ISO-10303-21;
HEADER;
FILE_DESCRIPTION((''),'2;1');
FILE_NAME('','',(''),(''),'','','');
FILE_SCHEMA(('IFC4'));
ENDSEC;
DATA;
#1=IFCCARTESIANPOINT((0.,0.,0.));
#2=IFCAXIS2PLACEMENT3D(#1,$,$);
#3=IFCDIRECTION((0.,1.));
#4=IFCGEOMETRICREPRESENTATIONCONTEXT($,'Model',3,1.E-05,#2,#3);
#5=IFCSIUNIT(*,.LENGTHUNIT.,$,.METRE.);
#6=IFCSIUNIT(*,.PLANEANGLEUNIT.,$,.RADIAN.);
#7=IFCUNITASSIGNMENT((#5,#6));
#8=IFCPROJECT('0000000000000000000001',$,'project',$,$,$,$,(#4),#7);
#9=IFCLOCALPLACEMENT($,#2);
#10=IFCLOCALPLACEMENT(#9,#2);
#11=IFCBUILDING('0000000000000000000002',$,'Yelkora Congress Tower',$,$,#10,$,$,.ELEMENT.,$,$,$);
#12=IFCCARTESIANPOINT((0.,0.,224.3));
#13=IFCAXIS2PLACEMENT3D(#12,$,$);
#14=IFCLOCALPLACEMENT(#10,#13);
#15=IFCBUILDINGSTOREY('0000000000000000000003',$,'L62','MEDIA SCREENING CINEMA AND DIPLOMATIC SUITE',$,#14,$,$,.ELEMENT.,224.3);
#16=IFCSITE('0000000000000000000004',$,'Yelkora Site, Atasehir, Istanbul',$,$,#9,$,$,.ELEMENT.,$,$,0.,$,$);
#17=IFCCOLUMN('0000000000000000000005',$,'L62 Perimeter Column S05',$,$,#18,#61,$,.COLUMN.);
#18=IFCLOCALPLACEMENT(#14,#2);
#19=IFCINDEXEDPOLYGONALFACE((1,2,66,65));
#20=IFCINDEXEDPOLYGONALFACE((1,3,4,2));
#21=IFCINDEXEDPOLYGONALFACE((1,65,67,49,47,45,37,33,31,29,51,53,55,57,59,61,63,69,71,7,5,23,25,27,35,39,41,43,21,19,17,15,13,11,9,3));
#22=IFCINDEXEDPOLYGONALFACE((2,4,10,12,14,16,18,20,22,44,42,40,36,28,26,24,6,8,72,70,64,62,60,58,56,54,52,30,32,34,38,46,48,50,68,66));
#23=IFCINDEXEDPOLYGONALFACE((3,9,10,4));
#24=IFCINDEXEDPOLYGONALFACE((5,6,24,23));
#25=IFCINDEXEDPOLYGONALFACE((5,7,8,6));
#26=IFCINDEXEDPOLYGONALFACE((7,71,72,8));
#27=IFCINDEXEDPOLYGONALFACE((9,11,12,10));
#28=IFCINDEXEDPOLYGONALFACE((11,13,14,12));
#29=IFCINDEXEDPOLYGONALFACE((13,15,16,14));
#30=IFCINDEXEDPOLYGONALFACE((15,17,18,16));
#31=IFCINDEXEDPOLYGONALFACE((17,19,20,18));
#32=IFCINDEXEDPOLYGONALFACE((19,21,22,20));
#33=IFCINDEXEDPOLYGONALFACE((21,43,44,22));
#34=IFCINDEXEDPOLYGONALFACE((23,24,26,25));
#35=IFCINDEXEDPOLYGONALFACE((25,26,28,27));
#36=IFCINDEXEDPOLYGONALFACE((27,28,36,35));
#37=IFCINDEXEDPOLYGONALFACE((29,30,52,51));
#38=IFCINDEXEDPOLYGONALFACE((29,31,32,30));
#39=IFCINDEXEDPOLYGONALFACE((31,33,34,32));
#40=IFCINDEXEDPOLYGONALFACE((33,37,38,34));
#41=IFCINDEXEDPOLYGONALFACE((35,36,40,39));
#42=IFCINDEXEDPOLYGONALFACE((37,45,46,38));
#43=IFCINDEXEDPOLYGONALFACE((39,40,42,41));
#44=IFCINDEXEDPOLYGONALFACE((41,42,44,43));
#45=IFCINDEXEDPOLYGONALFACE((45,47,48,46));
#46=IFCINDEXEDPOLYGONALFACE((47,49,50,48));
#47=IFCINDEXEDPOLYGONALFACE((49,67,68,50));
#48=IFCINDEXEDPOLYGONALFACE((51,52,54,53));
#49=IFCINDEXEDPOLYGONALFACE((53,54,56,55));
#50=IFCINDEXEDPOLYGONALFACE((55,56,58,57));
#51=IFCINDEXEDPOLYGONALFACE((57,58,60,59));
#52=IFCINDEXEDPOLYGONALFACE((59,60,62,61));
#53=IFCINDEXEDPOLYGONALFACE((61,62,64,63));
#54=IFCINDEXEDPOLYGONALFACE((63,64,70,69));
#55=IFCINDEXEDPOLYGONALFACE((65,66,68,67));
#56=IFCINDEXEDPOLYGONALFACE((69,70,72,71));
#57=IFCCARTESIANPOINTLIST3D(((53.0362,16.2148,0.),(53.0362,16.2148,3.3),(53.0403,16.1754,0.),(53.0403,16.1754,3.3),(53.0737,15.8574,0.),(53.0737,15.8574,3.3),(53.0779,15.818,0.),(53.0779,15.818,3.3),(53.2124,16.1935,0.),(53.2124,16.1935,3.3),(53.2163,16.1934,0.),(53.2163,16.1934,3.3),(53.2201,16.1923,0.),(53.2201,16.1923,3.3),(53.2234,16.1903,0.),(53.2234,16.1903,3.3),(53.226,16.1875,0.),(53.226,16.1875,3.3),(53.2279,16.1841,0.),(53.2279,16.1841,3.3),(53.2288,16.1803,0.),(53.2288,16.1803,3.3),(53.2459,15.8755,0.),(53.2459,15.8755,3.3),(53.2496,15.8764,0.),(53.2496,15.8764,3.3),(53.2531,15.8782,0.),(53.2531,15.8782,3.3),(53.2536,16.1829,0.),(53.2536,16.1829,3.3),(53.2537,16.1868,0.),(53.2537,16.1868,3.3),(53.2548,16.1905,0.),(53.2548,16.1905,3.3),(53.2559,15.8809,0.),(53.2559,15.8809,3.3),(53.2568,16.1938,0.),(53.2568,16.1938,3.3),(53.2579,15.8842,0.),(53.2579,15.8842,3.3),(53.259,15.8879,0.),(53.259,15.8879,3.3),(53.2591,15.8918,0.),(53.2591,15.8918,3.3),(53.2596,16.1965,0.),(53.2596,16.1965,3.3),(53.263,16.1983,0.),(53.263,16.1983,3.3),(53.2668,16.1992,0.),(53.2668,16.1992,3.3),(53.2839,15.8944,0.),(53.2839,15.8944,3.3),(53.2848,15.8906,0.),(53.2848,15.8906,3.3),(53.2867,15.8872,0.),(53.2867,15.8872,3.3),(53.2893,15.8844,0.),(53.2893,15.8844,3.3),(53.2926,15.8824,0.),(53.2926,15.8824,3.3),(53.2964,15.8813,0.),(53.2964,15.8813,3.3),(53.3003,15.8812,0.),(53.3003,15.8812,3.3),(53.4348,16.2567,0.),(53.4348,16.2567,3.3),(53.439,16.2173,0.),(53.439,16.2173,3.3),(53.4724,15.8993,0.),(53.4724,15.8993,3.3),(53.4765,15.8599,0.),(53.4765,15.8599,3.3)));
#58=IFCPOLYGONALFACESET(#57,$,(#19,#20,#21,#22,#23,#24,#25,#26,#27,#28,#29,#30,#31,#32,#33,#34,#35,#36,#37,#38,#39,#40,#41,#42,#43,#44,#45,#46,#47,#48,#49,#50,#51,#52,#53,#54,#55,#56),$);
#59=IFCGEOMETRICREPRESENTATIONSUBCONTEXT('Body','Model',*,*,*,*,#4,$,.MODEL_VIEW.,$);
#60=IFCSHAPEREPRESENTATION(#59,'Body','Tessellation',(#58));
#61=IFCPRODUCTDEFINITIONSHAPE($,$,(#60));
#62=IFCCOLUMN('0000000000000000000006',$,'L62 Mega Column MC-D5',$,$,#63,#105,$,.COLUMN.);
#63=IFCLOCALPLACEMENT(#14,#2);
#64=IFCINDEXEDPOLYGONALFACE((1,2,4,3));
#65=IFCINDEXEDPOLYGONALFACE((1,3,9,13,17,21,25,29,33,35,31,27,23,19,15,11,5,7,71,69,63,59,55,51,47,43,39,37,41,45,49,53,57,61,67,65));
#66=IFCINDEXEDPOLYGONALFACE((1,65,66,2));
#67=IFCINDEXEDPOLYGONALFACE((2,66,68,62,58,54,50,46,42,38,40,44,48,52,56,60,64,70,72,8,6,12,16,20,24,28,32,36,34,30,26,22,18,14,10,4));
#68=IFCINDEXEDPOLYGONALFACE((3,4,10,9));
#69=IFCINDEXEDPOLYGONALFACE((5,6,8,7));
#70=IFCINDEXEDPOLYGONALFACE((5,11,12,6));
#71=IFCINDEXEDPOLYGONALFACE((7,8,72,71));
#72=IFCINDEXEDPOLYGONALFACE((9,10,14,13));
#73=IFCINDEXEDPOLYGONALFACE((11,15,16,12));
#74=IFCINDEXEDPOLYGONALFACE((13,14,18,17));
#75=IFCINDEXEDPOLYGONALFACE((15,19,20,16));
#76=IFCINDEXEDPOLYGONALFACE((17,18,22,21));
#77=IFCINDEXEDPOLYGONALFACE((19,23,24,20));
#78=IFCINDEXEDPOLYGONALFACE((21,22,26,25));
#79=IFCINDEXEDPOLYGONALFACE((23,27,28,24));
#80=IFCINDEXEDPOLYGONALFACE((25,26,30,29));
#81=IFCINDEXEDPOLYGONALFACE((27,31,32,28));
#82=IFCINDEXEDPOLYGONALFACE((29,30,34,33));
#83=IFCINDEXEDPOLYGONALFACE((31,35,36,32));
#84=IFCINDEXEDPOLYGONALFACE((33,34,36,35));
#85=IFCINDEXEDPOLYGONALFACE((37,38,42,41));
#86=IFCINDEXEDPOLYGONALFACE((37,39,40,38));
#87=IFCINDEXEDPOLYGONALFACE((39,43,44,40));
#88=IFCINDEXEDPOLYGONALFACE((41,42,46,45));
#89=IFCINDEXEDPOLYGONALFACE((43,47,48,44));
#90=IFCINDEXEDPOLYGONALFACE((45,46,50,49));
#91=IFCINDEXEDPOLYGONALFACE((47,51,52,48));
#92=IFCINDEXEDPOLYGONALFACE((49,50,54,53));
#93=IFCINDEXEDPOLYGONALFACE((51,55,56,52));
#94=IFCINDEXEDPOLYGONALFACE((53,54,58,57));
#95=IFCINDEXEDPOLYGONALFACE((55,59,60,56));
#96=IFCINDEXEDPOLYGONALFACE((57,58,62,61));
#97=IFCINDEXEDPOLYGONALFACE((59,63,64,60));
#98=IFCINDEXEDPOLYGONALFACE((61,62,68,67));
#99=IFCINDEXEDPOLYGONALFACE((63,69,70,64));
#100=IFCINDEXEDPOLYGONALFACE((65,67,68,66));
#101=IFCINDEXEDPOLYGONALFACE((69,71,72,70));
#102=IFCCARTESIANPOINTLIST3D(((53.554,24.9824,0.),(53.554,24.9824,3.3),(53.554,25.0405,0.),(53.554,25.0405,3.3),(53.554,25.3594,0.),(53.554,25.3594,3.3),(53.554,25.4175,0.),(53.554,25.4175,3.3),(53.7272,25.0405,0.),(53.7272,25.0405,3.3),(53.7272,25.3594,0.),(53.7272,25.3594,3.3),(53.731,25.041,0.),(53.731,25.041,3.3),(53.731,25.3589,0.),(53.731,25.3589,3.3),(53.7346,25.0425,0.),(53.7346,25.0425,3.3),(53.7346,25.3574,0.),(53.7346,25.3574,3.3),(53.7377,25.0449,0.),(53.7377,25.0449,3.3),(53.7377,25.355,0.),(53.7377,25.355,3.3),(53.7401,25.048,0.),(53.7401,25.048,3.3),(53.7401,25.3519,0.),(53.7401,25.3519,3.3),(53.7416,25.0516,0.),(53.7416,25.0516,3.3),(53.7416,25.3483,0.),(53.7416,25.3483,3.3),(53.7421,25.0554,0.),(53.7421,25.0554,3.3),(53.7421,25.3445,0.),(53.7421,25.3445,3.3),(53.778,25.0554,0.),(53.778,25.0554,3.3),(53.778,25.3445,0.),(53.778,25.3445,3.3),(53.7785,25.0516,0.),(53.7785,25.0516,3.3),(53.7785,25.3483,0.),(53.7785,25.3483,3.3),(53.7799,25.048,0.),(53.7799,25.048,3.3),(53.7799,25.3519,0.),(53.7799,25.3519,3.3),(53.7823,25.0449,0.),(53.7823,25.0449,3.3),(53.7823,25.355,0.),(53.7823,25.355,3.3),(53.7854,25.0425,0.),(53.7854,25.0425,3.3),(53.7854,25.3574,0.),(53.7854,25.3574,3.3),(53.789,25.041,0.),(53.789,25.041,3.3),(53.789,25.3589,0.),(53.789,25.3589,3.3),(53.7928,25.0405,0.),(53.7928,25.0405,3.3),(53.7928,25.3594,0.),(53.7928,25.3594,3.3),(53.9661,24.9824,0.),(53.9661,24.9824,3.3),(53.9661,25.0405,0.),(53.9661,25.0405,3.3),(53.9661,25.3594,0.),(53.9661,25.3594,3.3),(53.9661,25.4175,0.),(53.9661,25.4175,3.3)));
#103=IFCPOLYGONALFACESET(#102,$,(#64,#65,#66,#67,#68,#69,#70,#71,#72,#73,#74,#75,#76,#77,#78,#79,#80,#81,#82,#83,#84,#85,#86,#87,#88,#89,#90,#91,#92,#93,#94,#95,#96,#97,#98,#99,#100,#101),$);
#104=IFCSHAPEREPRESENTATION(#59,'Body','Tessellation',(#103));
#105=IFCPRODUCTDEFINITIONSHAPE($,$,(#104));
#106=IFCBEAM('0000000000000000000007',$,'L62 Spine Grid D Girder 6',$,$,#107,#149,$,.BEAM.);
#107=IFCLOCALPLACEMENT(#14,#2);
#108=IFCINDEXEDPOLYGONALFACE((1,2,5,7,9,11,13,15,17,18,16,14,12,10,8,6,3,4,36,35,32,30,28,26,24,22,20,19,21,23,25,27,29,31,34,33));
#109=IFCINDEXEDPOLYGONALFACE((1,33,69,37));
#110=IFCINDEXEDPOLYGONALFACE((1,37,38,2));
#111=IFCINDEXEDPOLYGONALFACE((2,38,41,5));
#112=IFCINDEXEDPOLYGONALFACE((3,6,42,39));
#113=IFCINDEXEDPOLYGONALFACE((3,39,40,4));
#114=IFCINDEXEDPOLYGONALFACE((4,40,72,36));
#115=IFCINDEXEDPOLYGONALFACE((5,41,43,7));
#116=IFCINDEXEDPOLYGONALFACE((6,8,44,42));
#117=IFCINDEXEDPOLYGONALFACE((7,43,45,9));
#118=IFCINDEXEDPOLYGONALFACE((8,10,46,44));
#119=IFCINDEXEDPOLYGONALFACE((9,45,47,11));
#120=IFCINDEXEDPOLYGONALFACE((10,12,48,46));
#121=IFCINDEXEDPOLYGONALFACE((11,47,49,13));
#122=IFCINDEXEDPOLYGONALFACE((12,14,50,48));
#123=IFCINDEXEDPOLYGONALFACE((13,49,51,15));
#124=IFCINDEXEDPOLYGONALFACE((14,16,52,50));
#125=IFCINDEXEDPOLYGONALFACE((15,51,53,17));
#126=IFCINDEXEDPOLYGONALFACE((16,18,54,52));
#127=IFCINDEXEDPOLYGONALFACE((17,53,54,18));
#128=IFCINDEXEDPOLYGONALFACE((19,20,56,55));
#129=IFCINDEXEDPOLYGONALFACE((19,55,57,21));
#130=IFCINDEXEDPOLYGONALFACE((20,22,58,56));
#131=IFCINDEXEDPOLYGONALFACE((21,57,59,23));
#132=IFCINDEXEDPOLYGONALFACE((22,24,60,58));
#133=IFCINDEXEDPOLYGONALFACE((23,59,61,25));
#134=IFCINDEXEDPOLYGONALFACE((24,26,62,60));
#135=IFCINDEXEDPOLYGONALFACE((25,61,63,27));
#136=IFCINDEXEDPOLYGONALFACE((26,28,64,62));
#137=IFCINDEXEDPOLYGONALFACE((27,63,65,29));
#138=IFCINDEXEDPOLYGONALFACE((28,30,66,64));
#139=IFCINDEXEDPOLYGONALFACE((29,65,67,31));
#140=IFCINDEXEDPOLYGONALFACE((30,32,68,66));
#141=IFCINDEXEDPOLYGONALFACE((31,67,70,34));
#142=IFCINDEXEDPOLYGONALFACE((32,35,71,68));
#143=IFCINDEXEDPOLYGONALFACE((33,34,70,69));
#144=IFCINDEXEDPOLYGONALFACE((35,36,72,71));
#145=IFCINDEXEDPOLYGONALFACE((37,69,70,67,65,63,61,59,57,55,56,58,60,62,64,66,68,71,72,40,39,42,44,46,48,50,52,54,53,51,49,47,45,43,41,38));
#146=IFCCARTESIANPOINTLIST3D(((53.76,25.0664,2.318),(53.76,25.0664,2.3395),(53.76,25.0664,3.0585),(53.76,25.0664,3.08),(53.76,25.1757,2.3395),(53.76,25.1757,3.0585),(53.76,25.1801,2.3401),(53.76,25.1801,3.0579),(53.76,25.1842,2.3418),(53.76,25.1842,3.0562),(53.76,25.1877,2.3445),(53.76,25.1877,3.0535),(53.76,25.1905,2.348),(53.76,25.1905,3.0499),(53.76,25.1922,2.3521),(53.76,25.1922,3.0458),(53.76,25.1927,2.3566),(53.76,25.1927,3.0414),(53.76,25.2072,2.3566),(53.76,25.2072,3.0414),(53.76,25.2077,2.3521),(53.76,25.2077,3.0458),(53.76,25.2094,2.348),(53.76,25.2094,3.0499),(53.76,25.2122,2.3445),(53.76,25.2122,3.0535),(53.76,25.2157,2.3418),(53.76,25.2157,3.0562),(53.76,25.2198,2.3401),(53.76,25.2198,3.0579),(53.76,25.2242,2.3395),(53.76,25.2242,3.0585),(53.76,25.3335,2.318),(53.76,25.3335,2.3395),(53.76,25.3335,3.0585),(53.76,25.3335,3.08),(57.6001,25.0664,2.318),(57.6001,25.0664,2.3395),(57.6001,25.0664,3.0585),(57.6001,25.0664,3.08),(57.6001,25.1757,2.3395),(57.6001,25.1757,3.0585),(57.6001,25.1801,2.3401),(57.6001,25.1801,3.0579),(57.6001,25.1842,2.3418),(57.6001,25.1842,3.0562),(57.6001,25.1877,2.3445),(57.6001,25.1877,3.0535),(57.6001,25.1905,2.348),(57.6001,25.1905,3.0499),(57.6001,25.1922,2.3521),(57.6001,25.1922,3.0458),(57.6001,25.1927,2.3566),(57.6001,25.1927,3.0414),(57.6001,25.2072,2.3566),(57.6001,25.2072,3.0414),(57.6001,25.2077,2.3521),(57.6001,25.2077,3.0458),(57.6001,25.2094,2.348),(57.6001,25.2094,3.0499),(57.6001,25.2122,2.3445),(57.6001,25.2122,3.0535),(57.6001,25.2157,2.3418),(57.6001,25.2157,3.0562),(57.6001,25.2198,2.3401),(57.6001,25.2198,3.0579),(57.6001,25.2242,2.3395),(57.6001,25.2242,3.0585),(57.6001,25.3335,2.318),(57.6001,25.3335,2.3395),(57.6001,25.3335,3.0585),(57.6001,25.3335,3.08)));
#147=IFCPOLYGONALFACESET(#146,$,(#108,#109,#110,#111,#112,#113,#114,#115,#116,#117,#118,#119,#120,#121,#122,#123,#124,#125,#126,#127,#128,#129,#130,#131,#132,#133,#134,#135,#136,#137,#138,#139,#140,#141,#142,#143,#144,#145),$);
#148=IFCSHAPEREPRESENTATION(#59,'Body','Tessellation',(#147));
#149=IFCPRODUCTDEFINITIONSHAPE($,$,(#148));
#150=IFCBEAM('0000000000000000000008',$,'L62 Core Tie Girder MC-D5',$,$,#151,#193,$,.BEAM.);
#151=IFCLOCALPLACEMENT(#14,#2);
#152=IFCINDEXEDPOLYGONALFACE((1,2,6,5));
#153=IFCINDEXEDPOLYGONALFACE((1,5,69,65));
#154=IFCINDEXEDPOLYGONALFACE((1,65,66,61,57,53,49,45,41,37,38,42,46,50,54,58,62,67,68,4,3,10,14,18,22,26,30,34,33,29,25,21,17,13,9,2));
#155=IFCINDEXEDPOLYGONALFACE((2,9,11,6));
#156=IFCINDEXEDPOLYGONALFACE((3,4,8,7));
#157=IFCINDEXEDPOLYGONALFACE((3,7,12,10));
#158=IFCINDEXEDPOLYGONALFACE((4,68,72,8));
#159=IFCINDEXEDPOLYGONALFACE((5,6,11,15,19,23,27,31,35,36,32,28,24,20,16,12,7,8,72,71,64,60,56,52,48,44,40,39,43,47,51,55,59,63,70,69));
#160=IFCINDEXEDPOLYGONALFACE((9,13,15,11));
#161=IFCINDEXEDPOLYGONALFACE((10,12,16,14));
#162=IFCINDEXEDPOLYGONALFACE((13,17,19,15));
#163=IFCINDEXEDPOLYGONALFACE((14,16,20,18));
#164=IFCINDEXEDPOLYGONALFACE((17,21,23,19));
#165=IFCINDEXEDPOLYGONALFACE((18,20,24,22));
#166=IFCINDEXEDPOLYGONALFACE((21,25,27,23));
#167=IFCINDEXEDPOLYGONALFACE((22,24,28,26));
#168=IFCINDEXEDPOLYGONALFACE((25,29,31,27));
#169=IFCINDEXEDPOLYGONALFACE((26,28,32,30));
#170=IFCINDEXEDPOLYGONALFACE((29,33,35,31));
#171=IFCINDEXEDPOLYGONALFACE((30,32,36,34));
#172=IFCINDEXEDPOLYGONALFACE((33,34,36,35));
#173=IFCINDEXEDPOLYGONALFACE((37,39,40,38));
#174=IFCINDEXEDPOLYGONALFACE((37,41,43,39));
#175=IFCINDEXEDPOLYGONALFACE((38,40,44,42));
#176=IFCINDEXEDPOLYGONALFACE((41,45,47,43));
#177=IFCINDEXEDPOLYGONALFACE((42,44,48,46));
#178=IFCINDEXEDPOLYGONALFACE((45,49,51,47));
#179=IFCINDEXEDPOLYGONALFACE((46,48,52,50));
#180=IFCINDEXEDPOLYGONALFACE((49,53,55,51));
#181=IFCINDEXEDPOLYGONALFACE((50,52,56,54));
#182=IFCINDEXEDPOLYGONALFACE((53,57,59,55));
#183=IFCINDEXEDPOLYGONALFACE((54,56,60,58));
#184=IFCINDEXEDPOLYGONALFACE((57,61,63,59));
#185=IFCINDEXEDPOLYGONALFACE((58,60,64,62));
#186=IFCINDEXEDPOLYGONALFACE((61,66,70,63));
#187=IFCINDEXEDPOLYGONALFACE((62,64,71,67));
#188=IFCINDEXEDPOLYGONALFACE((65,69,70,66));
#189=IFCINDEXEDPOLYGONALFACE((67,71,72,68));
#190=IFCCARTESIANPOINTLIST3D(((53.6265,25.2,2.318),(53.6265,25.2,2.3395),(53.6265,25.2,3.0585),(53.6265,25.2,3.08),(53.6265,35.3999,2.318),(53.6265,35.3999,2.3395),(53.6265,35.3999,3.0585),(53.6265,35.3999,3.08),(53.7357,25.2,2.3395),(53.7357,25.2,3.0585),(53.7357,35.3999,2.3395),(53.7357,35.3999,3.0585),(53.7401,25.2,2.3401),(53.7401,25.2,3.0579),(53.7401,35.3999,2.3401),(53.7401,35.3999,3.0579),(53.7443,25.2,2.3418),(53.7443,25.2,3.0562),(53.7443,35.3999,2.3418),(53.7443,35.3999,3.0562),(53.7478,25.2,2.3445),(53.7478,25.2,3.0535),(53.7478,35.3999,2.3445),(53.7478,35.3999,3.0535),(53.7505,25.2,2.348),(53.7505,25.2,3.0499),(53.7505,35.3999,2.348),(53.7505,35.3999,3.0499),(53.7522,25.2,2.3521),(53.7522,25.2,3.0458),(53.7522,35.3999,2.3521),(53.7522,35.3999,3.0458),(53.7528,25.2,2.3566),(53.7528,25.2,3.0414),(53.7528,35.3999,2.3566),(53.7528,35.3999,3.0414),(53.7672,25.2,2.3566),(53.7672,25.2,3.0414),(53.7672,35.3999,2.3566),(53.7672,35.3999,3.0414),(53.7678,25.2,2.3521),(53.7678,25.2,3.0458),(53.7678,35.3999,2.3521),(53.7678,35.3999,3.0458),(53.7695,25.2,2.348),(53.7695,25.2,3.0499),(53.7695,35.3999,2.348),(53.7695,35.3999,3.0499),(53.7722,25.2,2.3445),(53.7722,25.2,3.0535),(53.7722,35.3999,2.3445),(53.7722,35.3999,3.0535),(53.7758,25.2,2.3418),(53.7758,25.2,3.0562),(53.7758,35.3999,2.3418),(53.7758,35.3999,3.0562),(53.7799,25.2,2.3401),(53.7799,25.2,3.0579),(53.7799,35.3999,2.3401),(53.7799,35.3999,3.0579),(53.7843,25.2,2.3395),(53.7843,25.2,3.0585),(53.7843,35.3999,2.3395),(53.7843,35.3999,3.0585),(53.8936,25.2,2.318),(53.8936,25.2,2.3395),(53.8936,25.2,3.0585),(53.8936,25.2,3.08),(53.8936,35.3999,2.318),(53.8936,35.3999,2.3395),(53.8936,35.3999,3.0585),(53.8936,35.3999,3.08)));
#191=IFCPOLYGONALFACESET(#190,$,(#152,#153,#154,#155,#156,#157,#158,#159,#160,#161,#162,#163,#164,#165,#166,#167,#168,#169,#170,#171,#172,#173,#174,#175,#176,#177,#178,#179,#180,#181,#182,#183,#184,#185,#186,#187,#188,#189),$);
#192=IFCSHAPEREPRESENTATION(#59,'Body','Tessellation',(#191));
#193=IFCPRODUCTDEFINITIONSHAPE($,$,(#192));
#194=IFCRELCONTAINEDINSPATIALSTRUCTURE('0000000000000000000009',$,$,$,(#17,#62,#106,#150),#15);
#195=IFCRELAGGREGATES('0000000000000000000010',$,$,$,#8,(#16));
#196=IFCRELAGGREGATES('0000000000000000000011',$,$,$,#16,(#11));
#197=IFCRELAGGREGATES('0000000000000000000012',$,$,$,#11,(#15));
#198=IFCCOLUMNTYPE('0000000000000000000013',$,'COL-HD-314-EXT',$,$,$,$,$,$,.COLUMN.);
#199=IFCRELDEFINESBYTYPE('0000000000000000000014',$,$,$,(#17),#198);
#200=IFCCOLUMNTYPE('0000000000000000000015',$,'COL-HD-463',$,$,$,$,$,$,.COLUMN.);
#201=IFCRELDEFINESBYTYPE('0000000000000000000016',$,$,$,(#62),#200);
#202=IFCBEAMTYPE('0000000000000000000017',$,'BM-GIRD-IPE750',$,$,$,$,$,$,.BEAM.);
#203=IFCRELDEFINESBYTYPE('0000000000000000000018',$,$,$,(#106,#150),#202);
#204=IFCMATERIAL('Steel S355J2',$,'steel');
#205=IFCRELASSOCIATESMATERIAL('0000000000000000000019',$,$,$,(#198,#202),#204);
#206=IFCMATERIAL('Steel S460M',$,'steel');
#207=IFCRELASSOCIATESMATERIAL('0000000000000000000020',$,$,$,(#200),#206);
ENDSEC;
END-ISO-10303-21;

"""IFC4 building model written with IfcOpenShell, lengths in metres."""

from ifc_helpers import new_model, si_unit, direction, frame, origin, origin_2d, place, context, subcontext, project, spatial, i_section, extrude, material, material_profile, profile_set, type_object, element, save


model = new_model("IFC4")

# Units and contexts
model_context = context("Model", 3, precision=1e-05, world=origin(), true_north=direction((0.0, 1.0)))
body_context = subcontext(model_context, "Body", "Model", "MODEL_VIEW")
ifc_project = project(units=[si_unit("LENGTHUNIT", "METRE"), si_unit("PLANEANGLEUNIT", "RADIAN")], contexts=[model_context])

# Site, building, storey
site_placement = place(None, origin())
site = spatial("IfcSite", under=ifc_project, at=site_placement, Name="Yelkora Site, Atasehir, Istanbul", CompositionType="ELEMENT", RefElevation=0.0)
building_placement = place(site_placement, origin())
building = spatial("IfcBuilding", under=site, at=building_placement, Name="Yelkora Congress Tower", CompositionType="ELEMENT")
storey_placement = place(building_placement, frame((0.0, 0.0, 224.3)))
storey = spatial("IfcBuildingStorey", under=building, at=storey_placement, Name="L62", Description="MEDIA SCREENING CINEMA AND DIPLOMATIC SUITE", CompositionType="ELEMENT", Elevation=224.3)

# Columns
ifc_material_1 = material(Name="Steel S355J2", Category="steel")
ifc_material_profile_1 = material_profile(ifc_material_1, i_section(OverallWidth=0.4009, OverallDepth=0.3989, WebThickness=0.0249, FlangeThickness=0.0396, FilletRadius=0.0149, at=origin_2d()), Name="HD 400x314")
ifc_profile_set_1 = profile_set([ifc_material_profile_1], Name="Steel S355J2")
column_type_1 = type_object("IfcColumnType", Name="COL-HD-314-EXT", PredefinedType="COLUMN", material=ifc_profile_set_1)
column_1_placement = place(storey_placement, frame((53.2563, 16.0374, 0.0), z_axis=(0.0, 0.0, 1.0), x_axis=(0.994522, 0.104528, 0.0)))
element("IfcColumn", 1, at=column_1_placement, inside=storey, type_object=column_type_1, Name="L62 Perimeter Column S05", PredefinedType="COLUMN", context=body_context, shape_type="SweptSolid", body=[
    extrude(i_section(OverallWidth=0.4009, OverallDepth=0.3989, WebThickness=0.0249, FlangeThickness=0.0396, FilletRadius=0.0149, at=origin_2d()), origin(), (0.0, 0.0, 1.0), 3.3),
])
ifc_material_2 = material(Name="Steel S460M", Category="steel")
ifc_material_profile_2 = material_profile(ifc_material_2, i_section(OverallWidth=0.4121, OverallDepth=0.4351, WebThickness=0.0359, FlangeThickness=0.0581, FilletRadius=0.0149, at=origin_2d()), Name="HD 400x463")
ifc_profile_set_2 = profile_set([ifc_material_profile_2], Name="Steel S460M")
column_type_2 = type_object("IfcColumnType", Name="COL-HD-463", PredefinedType="COLUMN", material=ifc_profile_set_2)
column_2_placement = place(storey_placement, frame((53.76, 25.2, 0.0), z_axis=(0.0, 0.0, 1.0), x_axis=(1.0, 0.0, 0.0)))
element("IfcColumn", 2, at=column_2_placement, inside=storey, type_object=column_type_2, Name="L62 Mega Column MC-D5", PredefinedType="COLUMN", context=body_context, shape_type="SweptSolid", body=[
    extrude(i_section(OverallWidth=0.4121, OverallDepth=0.4351, WebThickness=0.0359, FlangeThickness=0.0581, FilletRadius=0.0149, at=origin_2d()), origin(), (0.0, 0.0, 1.0), 3.3),
])

# Beams
ifc_material_profile_3 = material_profile(ifc_material_1, i_section(OverallWidth=0.2671, OverallDepth=0.762, WebThickness=0.0144, FlangeThickness=0.0215, FilletRadius=0.0171, at=origin_2d()), Name="IPE 750x173")
ifc_profile_set_3 = profile_set([ifc_material_profile_3], Name="Steel S355J2")
beam_type_1 = type_object("IfcBeamType", Name="BM-GIRD-IPE750", PredefinedType="BEAM", material=ifc_profile_set_3)
beam_1_placement = place(storey_placement, frame((53.76, 25.2, 2.699), z_axis=(1.0, 0.0, 0.0), x_axis=(0.0, 1.0, 0.0)))
element("IfcBeam", 3, at=beam_1_placement, inside=storey, type_object=beam_type_1, Name="L62 Spine Grid D Girder 6", PredefinedType="BEAM", context=body_context, shape_type="SweptSolid", body=[
    extrude(i_section(OverallWidth=0.2671, OverallDepth=0.762, WebThickness=0.0144, FlangeThickness=0.0215, FilletRadius=0.0171, at=origin_2d()), origin(), (0.0, 0.0, 1.0), 3.8401),
])
beam_2_placement = place(storey_placement, frame((53.76, 25.2, 2.699), z_axis=(0.0, 1.0, 0.0), x_axis=(-1.0, 0.0, 0.0)))
element("IfcBeam", 4, at=beam_2_placement, inside=storey, type_object=beam_type_1, Name="L62 Core Tie Girder MC-D5", PredefinedType="BEAM", context=body_context, shape_type="SweptSolid", body=[
    extrude(i_section(OverallWidth=0.2671, OverallDepth=0.762, WebThickness=0.0144, FlangeThickness=0.0215, FilletRadius=0.0171, at=origin_2d()), origin(), (0.0, 0.0, 1.0), 10.2),
])

save(model, "model.ifc")
